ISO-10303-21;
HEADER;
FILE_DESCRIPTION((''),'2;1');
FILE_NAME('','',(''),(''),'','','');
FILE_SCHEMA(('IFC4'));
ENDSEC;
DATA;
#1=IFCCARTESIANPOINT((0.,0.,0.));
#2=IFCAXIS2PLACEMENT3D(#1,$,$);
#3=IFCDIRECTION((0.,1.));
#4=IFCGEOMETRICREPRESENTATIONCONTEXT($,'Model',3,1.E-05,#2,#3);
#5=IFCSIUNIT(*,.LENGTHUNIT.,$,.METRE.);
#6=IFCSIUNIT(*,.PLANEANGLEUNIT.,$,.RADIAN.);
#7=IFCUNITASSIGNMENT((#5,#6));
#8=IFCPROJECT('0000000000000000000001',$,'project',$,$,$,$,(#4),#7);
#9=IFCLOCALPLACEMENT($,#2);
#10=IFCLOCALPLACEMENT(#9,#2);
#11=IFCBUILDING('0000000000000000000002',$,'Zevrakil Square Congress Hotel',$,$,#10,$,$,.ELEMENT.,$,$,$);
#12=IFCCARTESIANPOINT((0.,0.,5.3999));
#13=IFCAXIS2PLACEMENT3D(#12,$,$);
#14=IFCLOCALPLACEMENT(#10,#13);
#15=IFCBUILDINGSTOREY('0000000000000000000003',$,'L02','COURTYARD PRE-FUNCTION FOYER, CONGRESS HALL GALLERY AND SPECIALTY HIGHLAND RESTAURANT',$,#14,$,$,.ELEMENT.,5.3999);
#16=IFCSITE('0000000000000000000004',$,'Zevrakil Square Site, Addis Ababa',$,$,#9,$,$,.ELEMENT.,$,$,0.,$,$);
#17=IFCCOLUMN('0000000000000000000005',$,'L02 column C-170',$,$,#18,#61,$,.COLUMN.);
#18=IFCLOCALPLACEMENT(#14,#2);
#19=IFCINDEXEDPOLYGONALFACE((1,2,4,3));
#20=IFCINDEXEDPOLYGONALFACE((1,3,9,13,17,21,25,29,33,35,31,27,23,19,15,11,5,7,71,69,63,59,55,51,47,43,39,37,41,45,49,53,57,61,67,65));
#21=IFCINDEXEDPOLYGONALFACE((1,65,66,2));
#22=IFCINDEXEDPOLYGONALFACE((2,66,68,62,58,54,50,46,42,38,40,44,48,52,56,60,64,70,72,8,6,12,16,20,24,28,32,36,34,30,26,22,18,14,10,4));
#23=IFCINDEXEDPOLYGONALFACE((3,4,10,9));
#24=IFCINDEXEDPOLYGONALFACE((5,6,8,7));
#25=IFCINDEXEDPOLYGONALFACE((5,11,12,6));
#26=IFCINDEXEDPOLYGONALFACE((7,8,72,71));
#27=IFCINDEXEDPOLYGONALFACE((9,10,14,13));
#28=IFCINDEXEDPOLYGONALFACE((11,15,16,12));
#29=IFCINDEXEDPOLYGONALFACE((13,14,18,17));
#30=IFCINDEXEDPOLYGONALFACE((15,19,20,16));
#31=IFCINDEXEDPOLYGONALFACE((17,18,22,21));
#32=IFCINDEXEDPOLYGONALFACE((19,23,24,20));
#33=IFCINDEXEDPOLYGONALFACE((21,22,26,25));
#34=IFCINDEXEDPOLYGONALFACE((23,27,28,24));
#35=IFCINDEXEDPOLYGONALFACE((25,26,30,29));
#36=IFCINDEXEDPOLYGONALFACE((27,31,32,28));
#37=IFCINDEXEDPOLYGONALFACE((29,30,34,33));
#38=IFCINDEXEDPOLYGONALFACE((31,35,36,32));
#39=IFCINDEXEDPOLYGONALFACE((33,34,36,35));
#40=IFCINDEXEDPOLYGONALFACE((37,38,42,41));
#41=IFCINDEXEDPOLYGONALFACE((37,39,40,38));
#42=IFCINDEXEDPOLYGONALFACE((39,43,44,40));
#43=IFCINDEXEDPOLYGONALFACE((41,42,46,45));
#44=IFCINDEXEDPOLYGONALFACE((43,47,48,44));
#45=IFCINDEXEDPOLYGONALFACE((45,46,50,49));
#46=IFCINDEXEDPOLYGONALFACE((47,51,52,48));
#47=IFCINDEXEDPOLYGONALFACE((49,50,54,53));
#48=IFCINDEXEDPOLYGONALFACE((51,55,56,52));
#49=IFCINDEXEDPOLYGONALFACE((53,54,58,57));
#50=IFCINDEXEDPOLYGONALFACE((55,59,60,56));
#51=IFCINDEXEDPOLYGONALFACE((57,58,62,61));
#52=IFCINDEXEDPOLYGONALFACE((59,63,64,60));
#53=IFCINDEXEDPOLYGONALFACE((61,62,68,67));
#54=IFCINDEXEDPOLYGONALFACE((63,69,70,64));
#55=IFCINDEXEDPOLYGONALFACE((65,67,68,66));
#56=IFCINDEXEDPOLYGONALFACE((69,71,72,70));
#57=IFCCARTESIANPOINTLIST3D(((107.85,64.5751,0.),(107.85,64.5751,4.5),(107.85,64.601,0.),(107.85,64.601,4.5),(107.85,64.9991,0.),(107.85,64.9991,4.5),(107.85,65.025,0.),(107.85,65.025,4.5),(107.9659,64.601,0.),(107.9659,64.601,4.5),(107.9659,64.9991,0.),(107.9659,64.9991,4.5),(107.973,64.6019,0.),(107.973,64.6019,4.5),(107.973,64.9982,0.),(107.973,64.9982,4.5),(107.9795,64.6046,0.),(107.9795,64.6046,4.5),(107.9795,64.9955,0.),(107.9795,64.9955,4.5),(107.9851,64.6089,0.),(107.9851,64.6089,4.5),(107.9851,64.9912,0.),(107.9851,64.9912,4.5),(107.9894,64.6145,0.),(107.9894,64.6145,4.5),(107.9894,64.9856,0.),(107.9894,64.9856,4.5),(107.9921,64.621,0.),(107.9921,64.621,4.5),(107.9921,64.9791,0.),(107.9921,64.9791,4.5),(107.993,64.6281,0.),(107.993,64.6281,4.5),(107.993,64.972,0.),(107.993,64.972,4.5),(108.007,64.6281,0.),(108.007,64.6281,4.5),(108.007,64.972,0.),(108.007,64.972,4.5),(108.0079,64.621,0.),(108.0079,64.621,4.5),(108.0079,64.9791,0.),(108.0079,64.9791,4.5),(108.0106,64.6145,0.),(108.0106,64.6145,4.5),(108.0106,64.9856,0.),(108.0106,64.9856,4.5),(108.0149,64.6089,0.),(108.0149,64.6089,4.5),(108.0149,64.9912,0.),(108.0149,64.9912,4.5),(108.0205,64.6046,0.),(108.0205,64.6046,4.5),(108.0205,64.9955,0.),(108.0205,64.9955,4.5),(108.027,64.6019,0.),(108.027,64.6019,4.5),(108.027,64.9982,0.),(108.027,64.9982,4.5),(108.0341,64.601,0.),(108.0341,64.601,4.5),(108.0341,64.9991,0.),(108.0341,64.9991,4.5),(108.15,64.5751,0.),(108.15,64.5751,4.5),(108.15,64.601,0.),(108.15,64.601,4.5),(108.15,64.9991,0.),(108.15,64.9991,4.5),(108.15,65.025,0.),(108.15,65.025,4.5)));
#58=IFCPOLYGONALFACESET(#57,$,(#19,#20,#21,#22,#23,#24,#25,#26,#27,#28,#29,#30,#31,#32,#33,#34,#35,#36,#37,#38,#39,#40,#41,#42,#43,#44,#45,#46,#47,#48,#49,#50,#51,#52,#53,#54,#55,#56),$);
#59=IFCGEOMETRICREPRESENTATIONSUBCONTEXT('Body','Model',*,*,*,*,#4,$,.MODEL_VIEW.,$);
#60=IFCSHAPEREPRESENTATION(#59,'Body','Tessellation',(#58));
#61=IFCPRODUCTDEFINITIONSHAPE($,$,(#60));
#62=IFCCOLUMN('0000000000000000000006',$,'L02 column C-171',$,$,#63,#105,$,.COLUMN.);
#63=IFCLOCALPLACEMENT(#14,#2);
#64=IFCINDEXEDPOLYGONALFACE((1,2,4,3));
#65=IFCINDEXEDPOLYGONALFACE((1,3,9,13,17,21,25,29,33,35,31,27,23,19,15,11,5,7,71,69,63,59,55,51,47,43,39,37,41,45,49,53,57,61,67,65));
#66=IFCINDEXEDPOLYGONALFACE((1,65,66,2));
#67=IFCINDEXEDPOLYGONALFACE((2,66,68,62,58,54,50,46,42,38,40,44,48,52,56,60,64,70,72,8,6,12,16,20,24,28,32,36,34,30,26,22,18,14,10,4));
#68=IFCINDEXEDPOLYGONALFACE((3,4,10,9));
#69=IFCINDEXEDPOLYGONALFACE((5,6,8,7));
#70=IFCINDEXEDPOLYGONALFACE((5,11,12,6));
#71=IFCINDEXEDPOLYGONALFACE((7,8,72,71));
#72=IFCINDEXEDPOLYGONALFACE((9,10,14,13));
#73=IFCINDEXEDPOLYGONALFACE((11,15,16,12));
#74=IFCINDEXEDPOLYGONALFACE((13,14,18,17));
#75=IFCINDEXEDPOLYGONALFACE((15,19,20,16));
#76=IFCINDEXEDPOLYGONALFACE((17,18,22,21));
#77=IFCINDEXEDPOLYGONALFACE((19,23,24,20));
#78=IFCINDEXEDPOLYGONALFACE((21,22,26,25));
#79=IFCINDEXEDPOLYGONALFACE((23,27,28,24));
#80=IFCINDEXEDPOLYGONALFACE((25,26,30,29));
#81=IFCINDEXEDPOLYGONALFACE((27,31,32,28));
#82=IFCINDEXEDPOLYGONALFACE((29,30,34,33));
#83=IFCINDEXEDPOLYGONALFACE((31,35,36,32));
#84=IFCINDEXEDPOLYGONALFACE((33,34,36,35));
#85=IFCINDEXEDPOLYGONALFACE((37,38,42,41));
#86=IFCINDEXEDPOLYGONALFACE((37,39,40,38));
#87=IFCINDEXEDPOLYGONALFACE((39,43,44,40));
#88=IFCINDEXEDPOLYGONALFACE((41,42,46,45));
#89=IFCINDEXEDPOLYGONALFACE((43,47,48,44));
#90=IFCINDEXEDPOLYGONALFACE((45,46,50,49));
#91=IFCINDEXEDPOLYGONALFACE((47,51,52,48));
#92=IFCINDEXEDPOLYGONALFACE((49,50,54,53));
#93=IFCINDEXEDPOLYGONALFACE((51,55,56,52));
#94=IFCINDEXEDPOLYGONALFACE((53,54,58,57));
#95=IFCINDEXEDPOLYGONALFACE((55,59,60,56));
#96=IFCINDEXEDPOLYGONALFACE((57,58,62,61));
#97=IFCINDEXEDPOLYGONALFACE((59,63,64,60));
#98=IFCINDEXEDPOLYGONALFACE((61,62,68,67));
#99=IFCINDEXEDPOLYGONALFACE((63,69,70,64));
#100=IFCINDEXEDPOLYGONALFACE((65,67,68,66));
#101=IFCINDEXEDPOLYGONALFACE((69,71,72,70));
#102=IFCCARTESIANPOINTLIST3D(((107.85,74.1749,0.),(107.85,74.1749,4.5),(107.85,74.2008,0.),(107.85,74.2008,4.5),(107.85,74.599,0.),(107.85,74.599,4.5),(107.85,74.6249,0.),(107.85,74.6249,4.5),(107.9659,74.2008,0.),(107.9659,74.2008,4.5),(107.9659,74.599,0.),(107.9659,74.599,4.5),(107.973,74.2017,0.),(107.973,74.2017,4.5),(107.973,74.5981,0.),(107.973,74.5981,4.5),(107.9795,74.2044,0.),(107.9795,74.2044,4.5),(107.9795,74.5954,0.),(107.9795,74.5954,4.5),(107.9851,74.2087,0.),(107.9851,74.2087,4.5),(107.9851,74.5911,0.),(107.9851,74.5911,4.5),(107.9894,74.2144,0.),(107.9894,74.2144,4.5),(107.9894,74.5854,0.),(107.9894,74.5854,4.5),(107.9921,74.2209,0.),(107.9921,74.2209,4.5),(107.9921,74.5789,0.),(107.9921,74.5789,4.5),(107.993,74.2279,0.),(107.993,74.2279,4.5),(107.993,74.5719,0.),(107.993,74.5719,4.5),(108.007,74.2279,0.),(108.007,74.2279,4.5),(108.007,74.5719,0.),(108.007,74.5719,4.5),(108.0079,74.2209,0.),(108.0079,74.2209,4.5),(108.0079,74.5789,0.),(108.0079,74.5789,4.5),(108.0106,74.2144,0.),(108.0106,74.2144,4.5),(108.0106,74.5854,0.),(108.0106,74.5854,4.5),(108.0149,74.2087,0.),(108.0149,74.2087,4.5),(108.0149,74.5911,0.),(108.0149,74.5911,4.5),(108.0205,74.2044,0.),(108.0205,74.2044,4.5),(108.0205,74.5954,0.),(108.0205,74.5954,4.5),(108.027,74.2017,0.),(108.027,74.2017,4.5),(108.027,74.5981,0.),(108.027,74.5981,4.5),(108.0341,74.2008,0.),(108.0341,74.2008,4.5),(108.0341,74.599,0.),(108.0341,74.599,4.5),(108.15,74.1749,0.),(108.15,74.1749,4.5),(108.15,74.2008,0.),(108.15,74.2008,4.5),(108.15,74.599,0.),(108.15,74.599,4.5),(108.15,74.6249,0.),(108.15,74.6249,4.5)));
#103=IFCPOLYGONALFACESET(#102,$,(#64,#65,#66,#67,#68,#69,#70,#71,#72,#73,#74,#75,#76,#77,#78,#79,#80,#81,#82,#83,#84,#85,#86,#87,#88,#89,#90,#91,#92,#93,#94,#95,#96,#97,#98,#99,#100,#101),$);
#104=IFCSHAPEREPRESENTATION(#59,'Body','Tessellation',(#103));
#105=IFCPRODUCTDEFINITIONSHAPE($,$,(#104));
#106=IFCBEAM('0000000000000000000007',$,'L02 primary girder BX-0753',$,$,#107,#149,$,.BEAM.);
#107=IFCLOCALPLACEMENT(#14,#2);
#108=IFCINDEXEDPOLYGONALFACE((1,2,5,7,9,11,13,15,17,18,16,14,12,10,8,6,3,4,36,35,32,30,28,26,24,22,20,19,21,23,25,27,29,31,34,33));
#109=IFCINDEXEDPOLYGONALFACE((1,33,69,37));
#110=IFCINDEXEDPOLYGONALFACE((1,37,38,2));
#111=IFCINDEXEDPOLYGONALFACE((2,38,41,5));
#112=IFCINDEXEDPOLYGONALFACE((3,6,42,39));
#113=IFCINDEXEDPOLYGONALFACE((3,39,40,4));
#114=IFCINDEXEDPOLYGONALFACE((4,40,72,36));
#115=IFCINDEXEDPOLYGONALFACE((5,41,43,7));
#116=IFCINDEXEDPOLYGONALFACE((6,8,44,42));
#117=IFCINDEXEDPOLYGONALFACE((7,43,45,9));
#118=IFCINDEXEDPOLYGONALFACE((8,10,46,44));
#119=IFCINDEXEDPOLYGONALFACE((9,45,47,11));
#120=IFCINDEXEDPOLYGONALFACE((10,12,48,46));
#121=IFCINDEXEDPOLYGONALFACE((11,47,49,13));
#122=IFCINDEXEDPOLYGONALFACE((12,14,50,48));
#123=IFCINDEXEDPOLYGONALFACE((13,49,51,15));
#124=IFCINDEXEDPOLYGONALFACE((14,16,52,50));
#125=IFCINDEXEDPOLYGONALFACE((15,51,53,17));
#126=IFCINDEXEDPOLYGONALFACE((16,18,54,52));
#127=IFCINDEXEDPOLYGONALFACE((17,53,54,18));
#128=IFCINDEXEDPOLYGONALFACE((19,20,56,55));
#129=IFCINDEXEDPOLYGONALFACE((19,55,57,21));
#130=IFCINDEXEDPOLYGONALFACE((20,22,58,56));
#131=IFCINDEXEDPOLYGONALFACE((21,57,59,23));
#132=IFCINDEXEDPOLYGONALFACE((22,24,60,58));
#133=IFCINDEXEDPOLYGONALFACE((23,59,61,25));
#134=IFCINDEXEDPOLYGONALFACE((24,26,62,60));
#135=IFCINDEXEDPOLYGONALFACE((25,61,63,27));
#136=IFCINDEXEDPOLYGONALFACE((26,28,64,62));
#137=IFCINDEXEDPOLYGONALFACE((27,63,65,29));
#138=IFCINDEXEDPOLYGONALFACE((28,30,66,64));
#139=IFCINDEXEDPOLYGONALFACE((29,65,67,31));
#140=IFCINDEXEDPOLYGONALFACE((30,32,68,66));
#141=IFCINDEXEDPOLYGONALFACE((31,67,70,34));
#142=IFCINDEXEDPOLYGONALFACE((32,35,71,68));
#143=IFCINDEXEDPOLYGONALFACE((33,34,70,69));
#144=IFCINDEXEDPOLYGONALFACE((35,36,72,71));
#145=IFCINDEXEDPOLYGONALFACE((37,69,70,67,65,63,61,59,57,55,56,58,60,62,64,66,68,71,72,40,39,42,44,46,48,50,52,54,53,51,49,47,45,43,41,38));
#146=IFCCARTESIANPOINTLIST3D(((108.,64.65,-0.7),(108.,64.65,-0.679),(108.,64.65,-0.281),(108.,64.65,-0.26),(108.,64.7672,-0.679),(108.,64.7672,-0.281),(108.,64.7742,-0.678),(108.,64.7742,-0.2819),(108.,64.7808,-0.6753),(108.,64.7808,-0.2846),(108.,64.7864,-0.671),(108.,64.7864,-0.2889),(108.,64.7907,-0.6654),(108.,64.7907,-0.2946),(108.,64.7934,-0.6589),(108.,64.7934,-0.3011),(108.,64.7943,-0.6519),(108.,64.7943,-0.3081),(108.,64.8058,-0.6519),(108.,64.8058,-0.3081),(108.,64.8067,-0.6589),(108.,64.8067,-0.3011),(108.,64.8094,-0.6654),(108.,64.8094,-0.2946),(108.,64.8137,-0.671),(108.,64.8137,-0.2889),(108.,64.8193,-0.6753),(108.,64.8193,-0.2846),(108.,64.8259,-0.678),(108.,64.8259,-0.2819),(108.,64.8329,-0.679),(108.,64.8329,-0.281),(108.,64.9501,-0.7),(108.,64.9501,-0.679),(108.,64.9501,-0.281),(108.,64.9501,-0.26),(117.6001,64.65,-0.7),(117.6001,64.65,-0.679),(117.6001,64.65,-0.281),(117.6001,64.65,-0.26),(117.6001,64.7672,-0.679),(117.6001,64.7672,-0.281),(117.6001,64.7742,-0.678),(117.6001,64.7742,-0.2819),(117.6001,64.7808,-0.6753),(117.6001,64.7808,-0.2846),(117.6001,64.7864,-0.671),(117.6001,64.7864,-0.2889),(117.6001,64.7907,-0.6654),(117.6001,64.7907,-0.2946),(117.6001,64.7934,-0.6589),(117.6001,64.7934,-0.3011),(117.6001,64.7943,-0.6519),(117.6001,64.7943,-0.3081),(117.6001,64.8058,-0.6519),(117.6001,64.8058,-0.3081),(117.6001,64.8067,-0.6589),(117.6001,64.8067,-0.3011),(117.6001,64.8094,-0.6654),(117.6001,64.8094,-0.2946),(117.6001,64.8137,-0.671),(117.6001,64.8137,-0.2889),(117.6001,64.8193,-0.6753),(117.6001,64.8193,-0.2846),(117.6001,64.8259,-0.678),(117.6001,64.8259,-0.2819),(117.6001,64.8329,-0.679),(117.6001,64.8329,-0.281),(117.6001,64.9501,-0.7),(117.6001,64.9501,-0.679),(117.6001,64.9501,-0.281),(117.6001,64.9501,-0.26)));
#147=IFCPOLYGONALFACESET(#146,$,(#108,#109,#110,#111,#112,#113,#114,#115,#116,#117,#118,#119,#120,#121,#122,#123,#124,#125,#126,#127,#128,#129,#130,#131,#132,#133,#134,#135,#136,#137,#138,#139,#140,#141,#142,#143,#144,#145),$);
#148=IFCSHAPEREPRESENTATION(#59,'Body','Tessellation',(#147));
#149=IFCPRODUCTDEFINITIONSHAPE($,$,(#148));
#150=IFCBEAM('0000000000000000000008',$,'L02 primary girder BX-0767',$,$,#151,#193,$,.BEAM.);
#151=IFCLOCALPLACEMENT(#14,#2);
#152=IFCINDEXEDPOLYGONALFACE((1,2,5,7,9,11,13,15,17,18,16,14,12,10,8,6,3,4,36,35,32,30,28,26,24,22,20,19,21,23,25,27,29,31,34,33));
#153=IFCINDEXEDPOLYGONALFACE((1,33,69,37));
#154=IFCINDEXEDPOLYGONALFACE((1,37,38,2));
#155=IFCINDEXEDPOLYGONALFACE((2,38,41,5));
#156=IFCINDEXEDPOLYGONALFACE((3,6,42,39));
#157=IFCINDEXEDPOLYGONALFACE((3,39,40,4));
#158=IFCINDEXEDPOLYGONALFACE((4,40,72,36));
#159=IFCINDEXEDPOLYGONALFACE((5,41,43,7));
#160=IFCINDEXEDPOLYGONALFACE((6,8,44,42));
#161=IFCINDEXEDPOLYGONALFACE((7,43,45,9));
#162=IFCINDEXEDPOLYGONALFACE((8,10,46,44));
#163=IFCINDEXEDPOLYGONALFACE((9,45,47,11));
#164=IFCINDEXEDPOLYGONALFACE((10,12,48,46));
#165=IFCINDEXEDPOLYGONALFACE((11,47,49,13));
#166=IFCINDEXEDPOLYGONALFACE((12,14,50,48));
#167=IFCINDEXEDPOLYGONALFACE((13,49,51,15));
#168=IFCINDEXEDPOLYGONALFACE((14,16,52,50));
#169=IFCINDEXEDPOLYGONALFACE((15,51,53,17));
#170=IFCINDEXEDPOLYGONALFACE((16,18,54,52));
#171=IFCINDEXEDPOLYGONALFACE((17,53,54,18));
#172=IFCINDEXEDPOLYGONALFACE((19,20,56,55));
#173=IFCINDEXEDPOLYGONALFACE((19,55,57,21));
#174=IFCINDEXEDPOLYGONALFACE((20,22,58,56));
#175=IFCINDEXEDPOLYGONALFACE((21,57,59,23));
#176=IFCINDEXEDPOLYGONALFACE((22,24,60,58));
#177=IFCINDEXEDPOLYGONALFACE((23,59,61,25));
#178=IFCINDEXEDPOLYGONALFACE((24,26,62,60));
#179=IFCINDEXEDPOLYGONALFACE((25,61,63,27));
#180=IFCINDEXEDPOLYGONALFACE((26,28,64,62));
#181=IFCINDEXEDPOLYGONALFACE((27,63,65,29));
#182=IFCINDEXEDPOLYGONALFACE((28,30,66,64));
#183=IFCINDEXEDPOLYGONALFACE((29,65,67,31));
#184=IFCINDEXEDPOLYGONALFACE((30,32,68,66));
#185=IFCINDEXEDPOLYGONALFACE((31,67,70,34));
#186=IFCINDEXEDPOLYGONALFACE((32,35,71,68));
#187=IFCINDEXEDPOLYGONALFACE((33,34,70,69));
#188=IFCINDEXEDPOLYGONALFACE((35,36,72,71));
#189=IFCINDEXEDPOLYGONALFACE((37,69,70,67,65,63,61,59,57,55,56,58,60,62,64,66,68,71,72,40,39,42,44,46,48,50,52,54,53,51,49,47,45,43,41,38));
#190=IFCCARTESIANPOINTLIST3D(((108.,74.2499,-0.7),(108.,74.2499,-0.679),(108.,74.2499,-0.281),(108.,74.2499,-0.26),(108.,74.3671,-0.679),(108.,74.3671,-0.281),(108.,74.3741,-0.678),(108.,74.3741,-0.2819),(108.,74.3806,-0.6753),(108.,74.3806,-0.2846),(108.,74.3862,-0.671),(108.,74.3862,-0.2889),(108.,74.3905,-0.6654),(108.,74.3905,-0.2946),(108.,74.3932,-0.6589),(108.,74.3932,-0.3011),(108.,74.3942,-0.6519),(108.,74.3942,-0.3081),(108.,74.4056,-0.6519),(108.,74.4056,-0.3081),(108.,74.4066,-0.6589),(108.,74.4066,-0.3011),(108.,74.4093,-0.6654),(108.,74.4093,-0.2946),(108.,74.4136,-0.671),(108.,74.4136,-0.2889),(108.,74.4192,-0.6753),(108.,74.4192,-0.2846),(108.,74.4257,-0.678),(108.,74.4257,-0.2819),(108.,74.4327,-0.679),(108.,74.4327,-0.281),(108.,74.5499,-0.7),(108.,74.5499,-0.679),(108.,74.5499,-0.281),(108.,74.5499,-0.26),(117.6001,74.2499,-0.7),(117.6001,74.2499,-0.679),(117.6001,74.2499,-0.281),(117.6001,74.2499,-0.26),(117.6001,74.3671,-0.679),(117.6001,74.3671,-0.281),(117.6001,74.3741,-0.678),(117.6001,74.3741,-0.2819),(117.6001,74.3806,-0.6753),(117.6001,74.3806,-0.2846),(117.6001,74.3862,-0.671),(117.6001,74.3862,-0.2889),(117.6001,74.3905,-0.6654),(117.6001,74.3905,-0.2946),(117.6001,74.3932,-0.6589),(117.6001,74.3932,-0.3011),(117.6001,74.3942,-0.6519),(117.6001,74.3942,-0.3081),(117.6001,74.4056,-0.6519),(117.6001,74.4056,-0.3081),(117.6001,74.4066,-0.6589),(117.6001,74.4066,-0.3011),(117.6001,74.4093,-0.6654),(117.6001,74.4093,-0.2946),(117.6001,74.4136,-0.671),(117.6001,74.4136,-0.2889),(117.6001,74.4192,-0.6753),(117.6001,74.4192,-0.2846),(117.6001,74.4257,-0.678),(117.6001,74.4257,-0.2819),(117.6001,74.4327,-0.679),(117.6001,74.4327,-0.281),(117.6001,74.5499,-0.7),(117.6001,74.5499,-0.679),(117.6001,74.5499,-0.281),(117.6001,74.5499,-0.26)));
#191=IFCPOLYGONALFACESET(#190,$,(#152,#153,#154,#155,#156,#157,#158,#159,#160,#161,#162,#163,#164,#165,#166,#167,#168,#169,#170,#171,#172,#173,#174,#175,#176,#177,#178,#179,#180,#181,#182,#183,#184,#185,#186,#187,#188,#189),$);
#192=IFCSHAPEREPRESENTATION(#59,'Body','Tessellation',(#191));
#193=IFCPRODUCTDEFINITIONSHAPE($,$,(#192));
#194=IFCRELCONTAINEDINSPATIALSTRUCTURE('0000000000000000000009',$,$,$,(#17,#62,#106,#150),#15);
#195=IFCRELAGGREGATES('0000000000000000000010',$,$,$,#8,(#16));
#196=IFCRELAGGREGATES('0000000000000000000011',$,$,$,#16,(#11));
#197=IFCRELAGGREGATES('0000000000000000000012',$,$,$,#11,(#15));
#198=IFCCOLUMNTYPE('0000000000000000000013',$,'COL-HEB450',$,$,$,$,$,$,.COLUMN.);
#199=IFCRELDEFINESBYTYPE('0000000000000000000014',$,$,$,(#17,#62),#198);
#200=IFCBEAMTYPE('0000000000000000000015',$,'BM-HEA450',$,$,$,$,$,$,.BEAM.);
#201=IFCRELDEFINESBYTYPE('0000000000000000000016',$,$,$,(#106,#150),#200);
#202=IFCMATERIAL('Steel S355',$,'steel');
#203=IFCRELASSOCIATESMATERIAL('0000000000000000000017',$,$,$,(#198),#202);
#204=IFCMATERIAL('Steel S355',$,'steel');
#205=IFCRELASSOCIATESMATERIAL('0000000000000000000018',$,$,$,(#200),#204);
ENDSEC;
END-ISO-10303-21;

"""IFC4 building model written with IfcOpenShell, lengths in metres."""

from ifc_helpers import new_model, si_unit, direction, frame, origin, origin_2d, place, context, subcontext, project, spatial, i_section, extrude, material, material_profile, profile_set, type_object, element, save


model = new_model("IFC4")

# Units and contexts
model_context = context("Model", 3, precision=1e-05, world=origin(), true_north=direction((0.0, 1.0)))
body_context = subcontext(model_context, "Body", "Model", "MODEL_VIEW")
ifc_project = project(units=[si_unit("LENGTHUNIT", "METRE"), si_unit("PLANEANGLEUNIT", "RADIAN")], contexts=[model_context])

# Site, building, storey
site_placement = place(None, origin())
site = spatial("IfcSite", under=ifc_project, at=site_placement, Name="Zevrakil Square Site, Addis Ababa", CompositionType="ELEMENT", RefElevation=0.0)
building_placement = place(site_placement, origin())
building = spatial("IfcBuilding", under=site, at=building_placement, Name="Zevrakil Square Congress Hotel", CompositionType="ELEMENT")
storey_placement = place(building_placement, frame((0.0, 0.0, 5.3999)))
storey = spatial("IfcBuildingStorey", under=building, at=storey_placement, Name="L02", Description="COURTYARD PRE-FUNCTION FOYER, CONGRESS HALL GALLERY AND SPECIALTY HIGHLAND RESTAURANT", CompositionType="ELEMENT", Elevation=5.3999)

# Columns
ifc_material_1 = material(Name="Steel S355", Category="steel")
ifc_material_profile_1 = material_profile(ifc_material_1, i_section(OverallWidth=0.3, OverallDepth=0.45, WebThickness=0.0139, FlangeThickness=0.0259, FilletRadius=0.0271, at=origin_2d()), Name="HEB 450")
ifc_profile_set_1 = profile_set([ifc_material_profile_1], Name="Steel S355")
column_type = type_object("IfcColumnType", Name="COL-HEB450", PredefinedType="COLUMN", material=ifc_profile_set_1)
for number, where, z_axis, x_axis, name in (
    (1, (108.0, 64.8, 0.0), (0.0, 0.0, 1.0), (1.0, 0.0, 0.0), "L02 column C-170"),
    (2, (108.0, 74.3999, 0.0), (0.0, 0.0, 1.0), (1.0, 0.0, 0.0), "L02 column C-171"),
):
    element("IfcColumn", number, at=place(storey_placement, frame(where, z_axis=z_axis, x_axis=x_axis)), inside=storey, type_object=column_type, Name=name, PredefinedType="COLUMN", context=body_context, shape_type="SweptSolid", body=[
        extrude(i_section(OverallWidth=0.3, OverallDepth=0.45, WebThickness=0.0139, FlangeThickness=0.0259, FilletRadius=0.0271, at=origin_2d()), origin(), (0.0, 0.0, 1.0), 4.5),
    ])

# Beams
ifc_material_2 = material(Name="Steel S355", Category="steel")
ifc_material_profile_2 = material_profile(ifc_material_2, i_section(OverallWidth=0.3, OverallDepth=0.4399, WebThickness=0.0115, FlangeThickness=0.021, FilletRadius=0.0271, at=origin_2d()), Name="HEA 450")
ifc_profile_set_2 = profile_set([ifc_material_profile_2], Name="Steel S355")
beam_type_1 = type_object("IfcBeamType", Name="BM-HEA450", PredefinedType="BEAM", material=ifc_profile_set_2)
for number, where, z_axis, x_axis, name in (
    (3, (108.0, 64.8, -0.48), (1.0, 0.0, 0.0), (0.0, 1.0, 0.0), "L02 primary girder BX-0753"),
    (4, (108.0, 74.3999, -0.48), (1.0, 0.0, 0.0), (0.0, 1.0, 0.0), "L02 primary girder BX-0767"),
):
    element("IfcBeam", number, at=place(storey_placement, frame(where, z_axis=z_axis, x_axis=x_axis)), inside=storey, type_object=beam_type_1, Name=name, PredefinedType="BEAM", context=body_context, shape_type="SweptSolid", body=[
        extrude(i_section(OverallWidth=0.3, OverallDepth=0.4399, WebThickness=0.0115, FlangeThickness=0.021, FilletRadius=0.0271, at=origin_2d()), origin(), (0.0, 0.0, 1.0), 9.6001),
    ])

save(model, "model.ifc")
